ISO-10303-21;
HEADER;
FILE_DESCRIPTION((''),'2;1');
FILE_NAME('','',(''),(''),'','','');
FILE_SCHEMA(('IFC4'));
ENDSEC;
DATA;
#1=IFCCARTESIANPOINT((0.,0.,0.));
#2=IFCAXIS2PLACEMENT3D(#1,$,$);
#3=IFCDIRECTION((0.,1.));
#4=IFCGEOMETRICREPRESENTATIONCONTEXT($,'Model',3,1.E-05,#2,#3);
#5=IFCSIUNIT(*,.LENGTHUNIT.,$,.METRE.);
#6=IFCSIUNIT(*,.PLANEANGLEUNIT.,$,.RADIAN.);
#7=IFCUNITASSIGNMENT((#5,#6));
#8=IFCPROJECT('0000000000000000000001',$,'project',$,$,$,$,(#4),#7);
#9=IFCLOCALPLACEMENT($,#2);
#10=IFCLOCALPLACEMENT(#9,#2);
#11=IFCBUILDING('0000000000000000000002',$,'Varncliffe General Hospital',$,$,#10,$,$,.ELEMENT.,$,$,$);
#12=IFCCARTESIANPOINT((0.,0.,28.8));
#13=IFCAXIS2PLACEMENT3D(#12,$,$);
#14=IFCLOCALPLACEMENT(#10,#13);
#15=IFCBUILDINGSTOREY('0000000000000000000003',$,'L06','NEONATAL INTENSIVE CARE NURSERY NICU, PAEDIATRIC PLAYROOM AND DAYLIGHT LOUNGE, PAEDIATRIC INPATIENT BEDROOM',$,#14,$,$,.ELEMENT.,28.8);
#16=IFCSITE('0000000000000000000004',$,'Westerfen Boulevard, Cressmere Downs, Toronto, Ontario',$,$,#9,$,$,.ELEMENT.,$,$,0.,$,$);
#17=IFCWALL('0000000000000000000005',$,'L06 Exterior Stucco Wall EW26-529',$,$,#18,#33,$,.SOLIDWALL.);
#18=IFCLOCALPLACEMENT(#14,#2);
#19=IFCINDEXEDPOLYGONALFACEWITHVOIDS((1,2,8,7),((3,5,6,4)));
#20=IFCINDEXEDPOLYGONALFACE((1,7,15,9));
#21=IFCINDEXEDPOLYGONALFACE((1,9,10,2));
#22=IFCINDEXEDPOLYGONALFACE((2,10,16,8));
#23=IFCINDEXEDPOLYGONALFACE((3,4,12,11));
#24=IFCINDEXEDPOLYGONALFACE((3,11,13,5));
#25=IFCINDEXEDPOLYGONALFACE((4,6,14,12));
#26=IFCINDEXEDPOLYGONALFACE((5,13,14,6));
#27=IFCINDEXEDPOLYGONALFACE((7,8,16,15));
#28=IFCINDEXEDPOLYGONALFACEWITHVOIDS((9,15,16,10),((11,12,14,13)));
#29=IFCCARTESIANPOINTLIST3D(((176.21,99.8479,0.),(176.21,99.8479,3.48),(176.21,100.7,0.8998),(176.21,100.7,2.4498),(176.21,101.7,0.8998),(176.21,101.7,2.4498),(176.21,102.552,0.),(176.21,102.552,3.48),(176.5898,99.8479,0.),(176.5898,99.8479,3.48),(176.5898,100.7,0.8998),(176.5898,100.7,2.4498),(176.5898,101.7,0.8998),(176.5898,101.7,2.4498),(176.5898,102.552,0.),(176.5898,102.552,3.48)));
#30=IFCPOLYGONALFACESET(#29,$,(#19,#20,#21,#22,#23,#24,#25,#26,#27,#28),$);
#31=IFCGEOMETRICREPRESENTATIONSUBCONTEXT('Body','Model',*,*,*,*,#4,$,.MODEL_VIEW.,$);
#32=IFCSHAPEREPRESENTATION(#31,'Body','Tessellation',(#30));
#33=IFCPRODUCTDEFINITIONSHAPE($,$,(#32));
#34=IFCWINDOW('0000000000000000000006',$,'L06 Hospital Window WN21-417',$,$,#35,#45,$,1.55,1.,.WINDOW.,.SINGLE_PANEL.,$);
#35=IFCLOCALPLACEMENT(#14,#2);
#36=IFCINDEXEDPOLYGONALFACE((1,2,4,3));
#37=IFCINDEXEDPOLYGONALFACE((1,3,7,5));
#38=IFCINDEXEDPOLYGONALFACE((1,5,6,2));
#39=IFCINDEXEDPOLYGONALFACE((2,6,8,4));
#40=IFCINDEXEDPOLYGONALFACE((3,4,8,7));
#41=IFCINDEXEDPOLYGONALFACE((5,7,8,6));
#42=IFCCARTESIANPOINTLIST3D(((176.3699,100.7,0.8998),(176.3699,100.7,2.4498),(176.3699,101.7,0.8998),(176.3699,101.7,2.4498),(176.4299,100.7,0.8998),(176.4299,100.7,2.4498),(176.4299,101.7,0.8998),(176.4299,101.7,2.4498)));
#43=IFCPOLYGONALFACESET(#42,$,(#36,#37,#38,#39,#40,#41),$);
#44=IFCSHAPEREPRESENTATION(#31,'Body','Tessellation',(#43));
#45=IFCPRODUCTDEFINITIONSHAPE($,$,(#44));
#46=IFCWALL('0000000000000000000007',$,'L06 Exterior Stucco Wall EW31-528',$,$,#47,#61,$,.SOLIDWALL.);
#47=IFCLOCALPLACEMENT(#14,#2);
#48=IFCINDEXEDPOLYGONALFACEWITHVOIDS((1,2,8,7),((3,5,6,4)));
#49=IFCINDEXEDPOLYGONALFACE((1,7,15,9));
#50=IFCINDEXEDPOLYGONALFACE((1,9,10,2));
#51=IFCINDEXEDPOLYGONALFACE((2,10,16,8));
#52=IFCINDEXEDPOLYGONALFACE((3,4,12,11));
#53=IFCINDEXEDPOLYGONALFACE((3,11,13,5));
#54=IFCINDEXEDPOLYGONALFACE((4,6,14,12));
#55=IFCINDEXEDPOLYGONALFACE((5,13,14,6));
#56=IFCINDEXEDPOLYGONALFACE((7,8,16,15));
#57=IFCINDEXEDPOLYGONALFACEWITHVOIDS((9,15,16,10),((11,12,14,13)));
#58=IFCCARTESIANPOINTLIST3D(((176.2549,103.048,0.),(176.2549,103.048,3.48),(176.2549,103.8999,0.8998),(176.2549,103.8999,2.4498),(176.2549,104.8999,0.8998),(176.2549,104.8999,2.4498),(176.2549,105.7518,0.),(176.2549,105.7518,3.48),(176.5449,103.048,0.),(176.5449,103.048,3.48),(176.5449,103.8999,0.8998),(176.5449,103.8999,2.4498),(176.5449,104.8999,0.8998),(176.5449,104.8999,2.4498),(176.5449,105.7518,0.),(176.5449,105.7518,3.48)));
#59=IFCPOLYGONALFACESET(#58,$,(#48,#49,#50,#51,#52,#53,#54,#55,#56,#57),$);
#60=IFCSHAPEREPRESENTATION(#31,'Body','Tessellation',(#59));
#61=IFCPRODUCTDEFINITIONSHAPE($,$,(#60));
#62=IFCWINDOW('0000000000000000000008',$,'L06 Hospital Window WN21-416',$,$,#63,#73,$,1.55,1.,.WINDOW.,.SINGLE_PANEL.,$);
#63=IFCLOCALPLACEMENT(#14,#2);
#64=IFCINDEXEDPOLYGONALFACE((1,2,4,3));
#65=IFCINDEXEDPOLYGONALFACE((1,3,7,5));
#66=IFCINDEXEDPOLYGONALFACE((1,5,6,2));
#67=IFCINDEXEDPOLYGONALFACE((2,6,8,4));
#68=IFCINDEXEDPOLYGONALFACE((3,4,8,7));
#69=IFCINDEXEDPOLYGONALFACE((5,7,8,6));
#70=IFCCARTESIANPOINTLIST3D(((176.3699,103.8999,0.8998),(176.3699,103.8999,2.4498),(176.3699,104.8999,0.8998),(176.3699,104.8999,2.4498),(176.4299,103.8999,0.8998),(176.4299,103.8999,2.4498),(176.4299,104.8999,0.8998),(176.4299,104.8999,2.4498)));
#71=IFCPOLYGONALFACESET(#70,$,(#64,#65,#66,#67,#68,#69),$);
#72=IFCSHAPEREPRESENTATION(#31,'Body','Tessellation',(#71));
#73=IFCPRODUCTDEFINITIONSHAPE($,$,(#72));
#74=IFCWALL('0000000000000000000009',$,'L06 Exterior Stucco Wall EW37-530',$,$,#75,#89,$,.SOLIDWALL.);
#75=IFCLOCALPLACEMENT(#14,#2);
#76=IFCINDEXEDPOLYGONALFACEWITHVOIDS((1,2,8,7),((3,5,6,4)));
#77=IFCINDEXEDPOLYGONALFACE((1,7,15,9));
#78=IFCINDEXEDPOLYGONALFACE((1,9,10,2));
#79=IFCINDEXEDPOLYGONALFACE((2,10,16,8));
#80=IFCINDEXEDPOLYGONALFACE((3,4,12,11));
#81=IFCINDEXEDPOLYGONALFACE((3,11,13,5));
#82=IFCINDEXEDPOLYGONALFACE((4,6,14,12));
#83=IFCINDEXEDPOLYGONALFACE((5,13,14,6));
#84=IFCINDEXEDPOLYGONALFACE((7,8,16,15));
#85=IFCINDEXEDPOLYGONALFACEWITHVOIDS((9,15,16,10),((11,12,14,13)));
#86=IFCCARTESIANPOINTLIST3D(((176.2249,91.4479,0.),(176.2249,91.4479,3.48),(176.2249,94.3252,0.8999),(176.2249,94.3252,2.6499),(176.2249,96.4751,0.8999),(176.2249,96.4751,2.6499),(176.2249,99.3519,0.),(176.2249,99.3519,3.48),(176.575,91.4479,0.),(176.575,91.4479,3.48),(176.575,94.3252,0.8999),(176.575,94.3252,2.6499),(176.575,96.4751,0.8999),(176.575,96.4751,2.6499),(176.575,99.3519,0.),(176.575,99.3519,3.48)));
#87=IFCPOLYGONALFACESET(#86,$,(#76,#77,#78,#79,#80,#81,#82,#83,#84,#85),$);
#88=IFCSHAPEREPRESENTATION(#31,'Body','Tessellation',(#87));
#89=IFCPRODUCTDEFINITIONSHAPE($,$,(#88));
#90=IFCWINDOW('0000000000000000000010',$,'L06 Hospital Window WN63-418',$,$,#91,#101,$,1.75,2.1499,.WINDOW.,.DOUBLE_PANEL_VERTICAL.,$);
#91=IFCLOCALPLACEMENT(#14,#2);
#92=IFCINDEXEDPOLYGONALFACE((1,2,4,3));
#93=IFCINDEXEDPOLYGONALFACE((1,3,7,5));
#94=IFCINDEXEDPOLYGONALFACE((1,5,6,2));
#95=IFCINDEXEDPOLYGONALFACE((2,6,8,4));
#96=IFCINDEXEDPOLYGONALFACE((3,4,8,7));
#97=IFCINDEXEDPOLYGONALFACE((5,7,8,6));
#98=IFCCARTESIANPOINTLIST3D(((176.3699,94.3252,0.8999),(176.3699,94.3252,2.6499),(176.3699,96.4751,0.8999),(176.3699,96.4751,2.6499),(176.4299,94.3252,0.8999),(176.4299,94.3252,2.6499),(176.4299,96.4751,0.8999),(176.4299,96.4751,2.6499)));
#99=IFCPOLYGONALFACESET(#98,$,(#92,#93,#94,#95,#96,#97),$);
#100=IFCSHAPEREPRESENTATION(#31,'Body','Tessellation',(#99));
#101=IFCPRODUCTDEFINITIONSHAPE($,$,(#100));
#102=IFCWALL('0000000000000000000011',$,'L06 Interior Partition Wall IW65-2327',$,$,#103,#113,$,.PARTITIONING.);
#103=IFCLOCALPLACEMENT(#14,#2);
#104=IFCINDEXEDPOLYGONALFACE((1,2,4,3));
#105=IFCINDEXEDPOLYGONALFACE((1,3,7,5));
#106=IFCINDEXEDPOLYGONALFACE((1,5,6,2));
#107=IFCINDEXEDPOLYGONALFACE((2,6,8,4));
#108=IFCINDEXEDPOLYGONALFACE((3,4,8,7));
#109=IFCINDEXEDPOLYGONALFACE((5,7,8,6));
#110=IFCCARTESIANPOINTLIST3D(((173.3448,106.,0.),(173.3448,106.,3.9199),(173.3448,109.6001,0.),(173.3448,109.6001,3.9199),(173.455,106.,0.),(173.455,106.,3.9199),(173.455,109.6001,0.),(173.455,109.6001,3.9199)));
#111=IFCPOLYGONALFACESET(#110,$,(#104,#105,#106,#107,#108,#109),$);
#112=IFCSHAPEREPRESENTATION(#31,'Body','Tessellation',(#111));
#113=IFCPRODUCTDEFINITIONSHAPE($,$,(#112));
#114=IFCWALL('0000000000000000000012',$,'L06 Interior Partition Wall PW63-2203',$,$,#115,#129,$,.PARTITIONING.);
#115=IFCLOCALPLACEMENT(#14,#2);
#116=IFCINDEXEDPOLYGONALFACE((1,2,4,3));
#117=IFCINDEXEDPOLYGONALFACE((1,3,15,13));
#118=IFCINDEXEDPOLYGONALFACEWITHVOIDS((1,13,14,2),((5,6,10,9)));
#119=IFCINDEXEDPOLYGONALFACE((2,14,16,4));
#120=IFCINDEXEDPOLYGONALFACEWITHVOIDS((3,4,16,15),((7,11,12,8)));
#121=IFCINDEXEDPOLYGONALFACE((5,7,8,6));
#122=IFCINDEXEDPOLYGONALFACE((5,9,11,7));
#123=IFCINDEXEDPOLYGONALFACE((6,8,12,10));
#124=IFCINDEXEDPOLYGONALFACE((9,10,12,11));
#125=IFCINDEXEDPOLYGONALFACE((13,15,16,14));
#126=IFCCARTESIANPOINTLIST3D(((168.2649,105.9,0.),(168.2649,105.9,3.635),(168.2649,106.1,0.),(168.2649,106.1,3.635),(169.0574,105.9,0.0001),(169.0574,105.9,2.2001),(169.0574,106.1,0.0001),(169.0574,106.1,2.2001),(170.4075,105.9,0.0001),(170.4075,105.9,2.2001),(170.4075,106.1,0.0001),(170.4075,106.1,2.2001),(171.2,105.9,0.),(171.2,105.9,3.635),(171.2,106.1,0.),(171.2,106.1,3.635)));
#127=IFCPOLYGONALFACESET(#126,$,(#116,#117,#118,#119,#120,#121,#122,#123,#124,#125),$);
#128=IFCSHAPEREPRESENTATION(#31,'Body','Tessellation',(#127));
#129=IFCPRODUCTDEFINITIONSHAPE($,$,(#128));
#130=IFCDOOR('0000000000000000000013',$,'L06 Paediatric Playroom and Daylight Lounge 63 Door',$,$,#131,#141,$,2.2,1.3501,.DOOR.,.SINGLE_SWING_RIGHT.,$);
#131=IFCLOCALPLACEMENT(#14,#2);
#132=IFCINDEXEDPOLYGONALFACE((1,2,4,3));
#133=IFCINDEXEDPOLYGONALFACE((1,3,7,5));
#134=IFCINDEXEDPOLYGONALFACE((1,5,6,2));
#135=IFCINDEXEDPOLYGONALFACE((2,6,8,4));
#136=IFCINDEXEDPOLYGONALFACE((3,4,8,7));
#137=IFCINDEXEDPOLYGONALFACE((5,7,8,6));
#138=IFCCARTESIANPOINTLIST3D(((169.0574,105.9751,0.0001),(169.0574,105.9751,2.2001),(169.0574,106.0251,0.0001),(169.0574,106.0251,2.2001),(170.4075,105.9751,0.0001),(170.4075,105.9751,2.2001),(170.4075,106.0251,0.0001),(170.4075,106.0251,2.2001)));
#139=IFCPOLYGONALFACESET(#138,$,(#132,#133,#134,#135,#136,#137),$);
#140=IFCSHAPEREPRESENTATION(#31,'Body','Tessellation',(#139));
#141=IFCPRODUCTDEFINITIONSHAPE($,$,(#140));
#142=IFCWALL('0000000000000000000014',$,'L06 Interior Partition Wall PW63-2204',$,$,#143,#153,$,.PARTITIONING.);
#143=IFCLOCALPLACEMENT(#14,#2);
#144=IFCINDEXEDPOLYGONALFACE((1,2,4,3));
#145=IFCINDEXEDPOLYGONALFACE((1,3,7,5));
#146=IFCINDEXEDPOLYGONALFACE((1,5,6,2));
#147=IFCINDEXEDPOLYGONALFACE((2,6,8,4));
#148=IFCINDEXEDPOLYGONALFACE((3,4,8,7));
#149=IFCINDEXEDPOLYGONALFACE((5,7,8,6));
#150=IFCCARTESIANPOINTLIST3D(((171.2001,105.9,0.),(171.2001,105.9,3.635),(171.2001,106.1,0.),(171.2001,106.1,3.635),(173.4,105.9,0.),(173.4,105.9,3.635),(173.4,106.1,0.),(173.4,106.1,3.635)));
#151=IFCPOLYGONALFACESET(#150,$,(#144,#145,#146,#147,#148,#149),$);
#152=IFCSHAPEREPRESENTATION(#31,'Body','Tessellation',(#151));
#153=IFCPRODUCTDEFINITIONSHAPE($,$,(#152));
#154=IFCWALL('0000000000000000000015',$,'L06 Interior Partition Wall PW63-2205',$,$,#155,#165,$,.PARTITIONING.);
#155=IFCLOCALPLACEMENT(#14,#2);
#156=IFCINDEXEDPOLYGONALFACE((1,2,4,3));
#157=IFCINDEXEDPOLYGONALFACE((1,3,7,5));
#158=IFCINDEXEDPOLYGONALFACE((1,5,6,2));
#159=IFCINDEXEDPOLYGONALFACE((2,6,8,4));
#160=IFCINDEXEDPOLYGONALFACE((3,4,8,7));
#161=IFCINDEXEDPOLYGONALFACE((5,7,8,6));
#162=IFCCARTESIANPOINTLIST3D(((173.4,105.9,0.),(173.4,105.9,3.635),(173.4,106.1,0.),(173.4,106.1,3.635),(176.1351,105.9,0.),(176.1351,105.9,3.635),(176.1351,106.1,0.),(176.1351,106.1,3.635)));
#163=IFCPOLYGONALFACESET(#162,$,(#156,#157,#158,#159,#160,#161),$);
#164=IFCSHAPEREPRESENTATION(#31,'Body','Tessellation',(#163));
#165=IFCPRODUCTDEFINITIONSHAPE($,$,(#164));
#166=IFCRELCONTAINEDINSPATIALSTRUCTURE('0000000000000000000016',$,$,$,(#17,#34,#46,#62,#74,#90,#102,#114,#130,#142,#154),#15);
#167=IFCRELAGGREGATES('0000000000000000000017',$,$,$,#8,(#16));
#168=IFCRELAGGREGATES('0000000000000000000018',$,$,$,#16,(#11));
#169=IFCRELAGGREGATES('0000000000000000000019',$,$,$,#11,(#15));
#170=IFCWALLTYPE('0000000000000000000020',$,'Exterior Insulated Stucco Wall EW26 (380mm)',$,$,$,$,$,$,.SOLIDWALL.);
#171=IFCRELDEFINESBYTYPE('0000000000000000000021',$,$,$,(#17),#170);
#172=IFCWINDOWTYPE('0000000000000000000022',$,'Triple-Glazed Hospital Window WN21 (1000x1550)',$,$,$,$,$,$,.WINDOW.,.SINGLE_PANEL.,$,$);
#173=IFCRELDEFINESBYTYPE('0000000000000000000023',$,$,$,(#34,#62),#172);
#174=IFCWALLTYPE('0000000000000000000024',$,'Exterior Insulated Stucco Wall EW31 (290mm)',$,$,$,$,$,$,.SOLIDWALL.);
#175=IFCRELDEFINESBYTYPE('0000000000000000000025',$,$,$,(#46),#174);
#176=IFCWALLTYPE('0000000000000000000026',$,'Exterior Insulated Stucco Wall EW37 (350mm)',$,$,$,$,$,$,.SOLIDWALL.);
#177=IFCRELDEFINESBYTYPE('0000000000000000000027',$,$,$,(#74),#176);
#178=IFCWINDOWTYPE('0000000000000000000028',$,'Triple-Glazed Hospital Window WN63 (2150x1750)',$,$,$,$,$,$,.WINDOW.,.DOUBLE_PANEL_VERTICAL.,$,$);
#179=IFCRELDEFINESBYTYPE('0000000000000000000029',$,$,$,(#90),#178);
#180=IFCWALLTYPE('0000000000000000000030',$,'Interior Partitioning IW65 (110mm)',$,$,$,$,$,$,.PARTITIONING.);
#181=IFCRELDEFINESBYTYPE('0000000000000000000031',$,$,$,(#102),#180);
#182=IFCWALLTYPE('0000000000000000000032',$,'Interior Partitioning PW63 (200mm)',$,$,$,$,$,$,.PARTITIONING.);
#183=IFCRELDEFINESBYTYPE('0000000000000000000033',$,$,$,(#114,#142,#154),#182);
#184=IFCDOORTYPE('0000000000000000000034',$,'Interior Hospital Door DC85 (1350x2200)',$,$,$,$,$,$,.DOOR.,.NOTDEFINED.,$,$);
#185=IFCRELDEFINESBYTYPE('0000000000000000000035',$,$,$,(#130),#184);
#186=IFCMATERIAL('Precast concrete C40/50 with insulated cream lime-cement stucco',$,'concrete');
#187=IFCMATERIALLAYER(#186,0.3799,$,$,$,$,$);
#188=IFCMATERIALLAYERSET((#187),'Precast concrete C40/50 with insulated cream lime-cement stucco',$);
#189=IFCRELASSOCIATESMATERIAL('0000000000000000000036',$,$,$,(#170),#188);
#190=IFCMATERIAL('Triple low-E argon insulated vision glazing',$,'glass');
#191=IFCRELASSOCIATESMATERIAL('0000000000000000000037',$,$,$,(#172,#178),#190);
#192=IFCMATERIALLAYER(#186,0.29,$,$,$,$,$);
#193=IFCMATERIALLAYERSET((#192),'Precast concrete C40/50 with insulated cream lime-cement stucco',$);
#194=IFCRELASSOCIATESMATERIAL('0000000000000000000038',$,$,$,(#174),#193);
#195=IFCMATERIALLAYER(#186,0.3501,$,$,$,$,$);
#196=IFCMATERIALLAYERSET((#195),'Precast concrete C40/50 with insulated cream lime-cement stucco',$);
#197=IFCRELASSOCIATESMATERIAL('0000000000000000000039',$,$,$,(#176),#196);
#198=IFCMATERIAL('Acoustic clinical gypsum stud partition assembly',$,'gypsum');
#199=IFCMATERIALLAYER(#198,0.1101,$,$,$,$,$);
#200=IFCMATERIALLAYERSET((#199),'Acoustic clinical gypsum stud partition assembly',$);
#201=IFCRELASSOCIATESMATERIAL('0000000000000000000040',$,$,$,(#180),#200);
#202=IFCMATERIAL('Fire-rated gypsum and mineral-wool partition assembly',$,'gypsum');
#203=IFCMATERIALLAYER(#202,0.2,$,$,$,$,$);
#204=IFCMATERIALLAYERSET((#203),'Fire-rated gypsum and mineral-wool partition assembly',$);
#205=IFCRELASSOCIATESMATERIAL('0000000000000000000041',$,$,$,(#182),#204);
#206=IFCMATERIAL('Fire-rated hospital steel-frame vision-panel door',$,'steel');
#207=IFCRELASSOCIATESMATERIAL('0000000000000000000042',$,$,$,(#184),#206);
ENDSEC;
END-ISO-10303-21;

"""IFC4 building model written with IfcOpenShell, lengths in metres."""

from ifc_helpers import new_model, si_unit, direction, frame, frame_2d, origin, place, context, subcontext, project, spatial, rectangle, extrude, material, layer, layer_set, type_object, element, fill, save


model = new_model("IFC4")

# Units and contexts
model_context = context("Model", 3, precision=1e-05, world=origin(), true_north=direction((0.0, 1.0)))
body_context = subcontext(model_context, "Body", "Model", "MODEL_VIEW")
ifc_project = project(units=[si_unit("LENGTHUNIT", "METRE"), si_unit("PLANEANGLEUNIT", "RADIAN")], contexts=[model_context])

# Site, building, storey
site_placement = place(None, origin())
site = spatial("IfcSite", under=ifc_project, at=site_placement, Name="Westerfen Boulevard, Cressmere Downs, Toronto, Ontario", CompositionType="ELEMENT", RefElevation=0.0)
building_placement = place(site_placement, origin())
building = spatial("IfcBuilding", under=site, at=building_placement, Name="Varncliffe General Hospital", CompositionType="ELEMENT")
storey_placement = place(building_placement, frame((0.0, 0.0, 28.8)))
storey = spatial("IfcBuildingStorey", under=building, at=storey_placement, Name="L06", Description="NEONATAL INTENSIVE CARE NURSERY NICU, PAEDIATRIC PLAYROOM AND DAYLIGHT LOUNGE, PAEDIATRIC INPATIENT BEDROOM", CompositionType="ELEMENT", Elevation=28.8)

# Walls, openings, windows
ifc_material_1 = material(Name="Precast concrete C40/50 with insulated cream lime-cement stucco", Category="concrete")
ifc_layer_1 = layer(ifc_material_1, 0.3799)
ifc_layer_set_1 = layer_set([ifc_layer_1], Name="Precast concrete C40/50 with insulated cream lime-cement stucco")
wall_type_1 = type_object("IfcWallType", Name="Exterior Insulated Stucco Wall EW26 (380mm)", PredefinedType="SOLIDWALL", material=ifc_layer_set_1)
wall_1_placement = place(storey_placement, frame((176.3999, 102.552, 0.0), z_axis=(0.0, 0.0, 1.0), x_axis=(0.0, -1.0, 0.0)))
wall_1 = element("IfcWall", 1, at=wall_1_placement, inside=storey, type_object=wall_type_1, Name="L06 Exterior Stucco Wall EW26-529", PredefinedType="SOLIDWALL", context=body_context, shape_type="SweptSolid", body=[
    extrude(rectangle(XDim=2.7041, YDim=0.3799, at=frame_2d((1.3521, 0.0))), origin(), (0.0, 0.0, 1.0), 3.48),
])
opening_1_placement = place(wall_1_placement, frame((0.8521, 0.0, 0.8999)))
opening_1 = element("IfcOpeningElement", 2, at=opening_1_placement, cuts=wall_1, PredefinedType="OPENING", context=body_context, shape_type="SweptSolid", body=[
    extrude(rectangle(XDim=1.0, YDim=1.55, at=frame_2d((0.5, 0.7749))), frame((0.0, 0.2, 0.0), z_axis=(0.0, -1.0, 0.0), x_axis=(1.0, 0.0, 0.0)), (0.0, 0.0, 1.0), 0.3999),
])
ifc_material_2 = material(Name="Triple low-E argon insulated vision glazing", Category="glass")
window_type_1 = type_object("IfcWindowType", Name="Triple-Glazed Hospital Window WN21 (1000x1550)", PartitioningType="SINGLE_PANEL", PredefinedType="WINDOW", material=ifc_material_2)
window_1_placement = place(opening_1_placement, origin())
window_1 = element("IfcWindow", 3, at=window_1_placement, inside=storey, type_object=window_type_1, Name="L06 Hospital Window WN21-417", OverallHeight=1.55, OverallWidth=1.0, PartitioningType="SINGLE_PANEL", PredefinedType="WINDOW", context=body_context, shape_type="SweptSolid", body=[
    extrude(rectangle(XDim=1.0, YDim=1.55, at=frame_2d((0.5, 0.7749))), frame((0.0, 0.03, 0.0), z_axis=(0.0, -1.0, 0.0), x_axis=(1.0, 0.0, 0.0)), (0.0, 0.0, 1.0), 0.0601),
])
fill(opening_1, window_1)
ifc_layer_2 = layer(ifc_material_1, 0.29)
ifc_layer_set_2 = layer_set([ifc_layer_2], Name="Precast concrete C40/50 with insulated cream lime-cement stucco")
wall_type_2 = type_object("IfcWallType", Name="Exterior Insulated Stucco Wall EW31 (290mm)", PredefinedType="SOLIDWALL", material=ifc_layer_set_2)
wall_2_placement = place(storey_placement, frame((176.3999, 105.752, 0.0), z_axis=(0.0, 0.0, 1.0), x_axis=(0.0, -1.0, 0.0)))
wall_2 = element("IfcWall", 4, at=wall_2_placement, inside=storey, type_object=wall_type_2, Name="L06 Exterior Stucco Wall EW31-528", PredefinedType="SOLIDWALL", context=body_context, shape_type="SweptSolid", body=[
    extrude(rectangle(XDim=2.7039, YDim=0.29, at=frame_2d((1.3521, 0.0))), origin(), (0.0, 0.0, 1.0), 3.48),
])
opening_2_placement = place(wall_2_placement, frame((0.8521, 0.0, 0.8999)))
opening_2 = element("IfcOpeningElement", 5, at=opening_2_placement, cuts=wall_2, PredefinedType="OPENING", context=body_context, shape_type="SweptSolid", body=[
    extrude(rectangle(XDim=1.0, YDim=1.55, at=frame_2d((0.5, 0.7749))), frame((0.0, 0.155, 0.0), z_axis=(0.0, -1.0, 0.0), x_axis=(1.0, 0.0, 0.0)), (0.0, 0.0, 1.0), 0.3101),
])
window_2_placement = place(opening_2_placement, origin())
window_2 = element("IfcWindow", 6, at=window_2_placement, inside=storey, type_object=window_type_1, Name="L06 Hospital Window WN21-416", OverallHeight=1.55, OverallWidth=1.0, PartitioningType="SINGLE_PANEL", PredefinedType="WINDOW", context=body_context, shape_type="SweptSolid", body=[
    extrude(rectangle(XDim=1.0, YDim=1.55, at=frame_2d((0.5, 0.7749))), frame((0.0, 0.03, 0.0), z_axis=(0.0, -1.0, 0.0), x_axis=(1.0, 0.0, 0.0)), (0.0, 0.0, 1.0), 0.0601),
])
fill(opening_2, window_2)
ifc_layer_3 = layer(ifc_material_1, 0.3501)
ifc_layer_set_3 = layer_set([ifc_layer_3], Name="Precast concrete C40/50 with insulated cream lime-cement stucco")
wall_type_3 = type_object("IfcWallType", Name="Exterior Insulated Stucco Wall EW37 (350mm)", PredefinedType="SOLIDWALL", material=ifc_layer_set_3)
wall_3_placement = place(storey_placement, frame((176.3999, 99.3521, 0.0), z_axis=(0.0, 0.0, 1.0), x_axis=(0.0, -1.0, 0.0)))
wall_3 = element("IfcWall", 7, at=wall_3_placement, inside=storey, type_object=wall_type_3, Name="L06 Exterior Stucco Wall EW37-530", PredefinedType="SOLIDWALL", context=body_context, shape_type="SweptSolid", body=[
    extrude(rectangle(XDim=7.9041, YDim=0.3501, at=frame_2d((3.9521, 0.0))), origin(), (0.0, 0.0, 1.0), 3.48),
])
opening_3_placement = place(wall_3_placement, frame((2.877, 0.0, 0.8999)))
opening_3 = element("IfcOpeningElement", 8, at=opening_3_placement, cuts=wall_3, PredefinedType="OPENING", context=body_context, shape_type="SweptSolid", body=[
    extrude(rectangle(XDim=2.1499, YDim=1.75, at=frame_2d((1.075, 0.875))), frame((0.0, 0.1851, 0.0), z_axis=(0.0, -1.0, 0.0), x_axis=(1.0, 0.0, 0.0)), (0.0, 0.0, 1.0), 0.3701),
])
window_type_2 = type_object("IfcWindowType", Name="Triple-Glazed Hospital Window WN63 (2150x1750)", PartitioningType="DOUBLE_PANEL_VERTICAL", PredefinedType="WINDOW", material=ifc_material_2)
window_3_placement = place(opening_3_placement, origin())
window_3 = element("IfcWindow", 9, at=window_3_placement, inside=storey, type_object=window_type_2, Name="L06 Hospital Window WN63-418", OverallHeight=1.75, OverallWidth=2.1499, PartitioningType="DOUBLE_PANEL_VERTICAL", PredefinedType="WINDOW", context=body_context, shape_type="SweptSolid", body=[
    extrude(rectangle(XDim=2.1499, YDim=1.75, at=frame_2d((1.075, 0.875))), frame((0.0, 0.03, 0.0), z_axis=(0.0, -1.0, 0.0), x_axis=(1.0, 0.0, 0.0)), (0.0, 0.0, 1.0), 0.0601),
])
fill(opening_3, window_3)

# Wall
ifc_material_3 = material(Name="Acoustic clinical gypsum stud partition assembly", Category="gypsum")
ifc_layer_4 = layer(ifc_material_3, 0.1101)
ifc_layer_set_4 = layer_set([ifc_layer_4], Name="Acoustic clinical gypsum stud partition assembly")
wall_type_4 = type_object("IfcWallType", Name="Interior Partitioning IW65 (110mm)", PredefinedType="PARTITIONING", material=ifc_layer_set_4)
wall_4_placement = place(storey_placement, frame((173.3999, 106.0, 0.0), z_axis=(0.0, 0.0, 1.0), x_axis=(0.0, 1.0, 0.0)))
element("IfcWall", 10, at=wall_4_placement, inside=storey, type_object=wall_type_4, Name="L06 Interior Partition Wall IW65-2327", PredefinedType="PARTITIONING", context=body_context, shape_type="SweptSolid", body=[
    extrude(rectangle(XDim=3.6001, YDim=0.1101, at=frame_2d((1.8, 0.0))), origin(), (0.0, 0.0, 1.0), 3.9199),
])

# Wall, opening, door
ifc_material_4 = material(Name="Fire-rated gypsum and mineral-wool partition assembly", Category="gypsum")
ifc_layer_5 = layer(ifc_material_4, 0.2)
ifc_layer_set_5 = layer_set([ifc_layer_5], Name="Fire-rated gypsum and mineral-wool partition assembly")
wall_type_5 = type_object("IfcWallType", Name="Interior Partitioning PW63 (200mm)", PredefinedType="PARTITIONING", material=ifc_layer_set_5)
wall_5_placement = place(storey_placement, frame((168.2649, 106.0, 0.0), z_axis=(0.0, 0.0, 1.0), x_axis=(1.0, 0.0, 0.0)))
wall_5 = element("IfcWall", 11, at=wall_5_placement, inside=storey, type_object=wall_type_5, Name="L06 Interior Partition Wall PW63-2203", PredefinedType="PARTITIONING", context=body_context, shape_type="SweptSolid", body=[
    extrude(rectangle(XDim=2.9351, YDim=0.2, at=frame_2d((1.4675, 0.0))), origin(), (0.0, 0.0, 1.0), 3.635),
])
opening_4_placement = place(wall_5_placement, frame((0.7925, 0.0, 0.0)))
opening_4 = element("IfcOpeningElement", 12, at=opening_4_placement, cuts=wall_5, PredefinedType="OPENING", context=body_context, shape_type="SweptSolid", body=[
    extrude(rectangle(XDim=1.3501, YDim=2.2, at=frame_2d((0.675, 1.1001))), frame((0.0, 0.1099, 0.0), z_axis=(0.0, -1.0, 0.0), x_axis=(1.0, 0.0, 0.0)), (0.0, 0.0, 1.0), 0.22),
])
ifc_material_5 = material(Name="Fire-rated hospital steel-frame vision-panel door", Category="steel")
door_type_1 = type_object("IfcDoorType", Name="Interior Hospital Door DC85 (1350x2200)", OperationType="NOTDEFINED", PredefinedType="DOOR", material=ifc_material_5)
door_1_placement = place(opening_4_placement, frame((1.3501, 0.0, 0.0), z_axis=(0.0, 0.0, 1.0), x_axis=(-1.0, 0.0, 0.0)))
door_1 = element("IfcDoor", 13, at=door_1_placement, inside=storey, type_object=door_type_1, Name="L06 Paediatric Playroom and Daylight Lounge 63 Door", OperationType="SINGLE_SWING_RIGHT", OverallHeight=2.2, OverallWidth=1.3501, PredefinedType="DOOR", context=body_context, shape_type="SweptSolid", body=[
    extrude(rectangle(XDim=1.3501, YDim=2.2, at=frame_2d((0.675, 1.1001))), frame((0.0, 0.0249, 0.0), z_axis=(0.0, -1.0, 0.0), x_axis=(1.0, 0.0, 0.0)), (0.0, 0.0, 1.0), 0.05),
])
fill(opening_4, door_1)

# Walls
wall_6_placement = place(storey_placement, frame((171.2, 106.0, 0.0), z_axis=(0.0, 0.0, 1.0), x_axis=(1.0, 0.0, 0.0)))
element("IfcWall", 14, at=wall_6_placement, inside=storey, type_object=wall_type_5, Name="L06 Interior Partition Wall PW63-2204", PredefinedType="PARTITIONING", context=body_context, shape_type="SweptSolid", body=[
    extrude(rectangle(XDim=2.2, YDim=0.2, at=frame_2d((1.1001, 0.0))), origin(), (0.0, 0.0, 1.0), 3.635),
])
wall_7_placement = place(storey_placement, frame((173.3999, 106.0, 0.0), z_axis=(0.0, 0.0, 1.0), x_axis=(1.0, 0.0, 0.0)))
element("IfcWall", 15, at=wall_7_placement, inside=storey, type_object=wall_type_5, Name="L06 Interior Partition Wall PW63-2205", PredefinedType="PARTITIONING", context=body_context, shape_type="SweptSolid", body=[
    extrude(rectangle(XDim=2.7351, YDim=0.2, at=frame_2d((1.3677, 0.0))), origin(), (0.0, 0.0, 1.0), 3.635),
])

save(model, "model.ifc")
